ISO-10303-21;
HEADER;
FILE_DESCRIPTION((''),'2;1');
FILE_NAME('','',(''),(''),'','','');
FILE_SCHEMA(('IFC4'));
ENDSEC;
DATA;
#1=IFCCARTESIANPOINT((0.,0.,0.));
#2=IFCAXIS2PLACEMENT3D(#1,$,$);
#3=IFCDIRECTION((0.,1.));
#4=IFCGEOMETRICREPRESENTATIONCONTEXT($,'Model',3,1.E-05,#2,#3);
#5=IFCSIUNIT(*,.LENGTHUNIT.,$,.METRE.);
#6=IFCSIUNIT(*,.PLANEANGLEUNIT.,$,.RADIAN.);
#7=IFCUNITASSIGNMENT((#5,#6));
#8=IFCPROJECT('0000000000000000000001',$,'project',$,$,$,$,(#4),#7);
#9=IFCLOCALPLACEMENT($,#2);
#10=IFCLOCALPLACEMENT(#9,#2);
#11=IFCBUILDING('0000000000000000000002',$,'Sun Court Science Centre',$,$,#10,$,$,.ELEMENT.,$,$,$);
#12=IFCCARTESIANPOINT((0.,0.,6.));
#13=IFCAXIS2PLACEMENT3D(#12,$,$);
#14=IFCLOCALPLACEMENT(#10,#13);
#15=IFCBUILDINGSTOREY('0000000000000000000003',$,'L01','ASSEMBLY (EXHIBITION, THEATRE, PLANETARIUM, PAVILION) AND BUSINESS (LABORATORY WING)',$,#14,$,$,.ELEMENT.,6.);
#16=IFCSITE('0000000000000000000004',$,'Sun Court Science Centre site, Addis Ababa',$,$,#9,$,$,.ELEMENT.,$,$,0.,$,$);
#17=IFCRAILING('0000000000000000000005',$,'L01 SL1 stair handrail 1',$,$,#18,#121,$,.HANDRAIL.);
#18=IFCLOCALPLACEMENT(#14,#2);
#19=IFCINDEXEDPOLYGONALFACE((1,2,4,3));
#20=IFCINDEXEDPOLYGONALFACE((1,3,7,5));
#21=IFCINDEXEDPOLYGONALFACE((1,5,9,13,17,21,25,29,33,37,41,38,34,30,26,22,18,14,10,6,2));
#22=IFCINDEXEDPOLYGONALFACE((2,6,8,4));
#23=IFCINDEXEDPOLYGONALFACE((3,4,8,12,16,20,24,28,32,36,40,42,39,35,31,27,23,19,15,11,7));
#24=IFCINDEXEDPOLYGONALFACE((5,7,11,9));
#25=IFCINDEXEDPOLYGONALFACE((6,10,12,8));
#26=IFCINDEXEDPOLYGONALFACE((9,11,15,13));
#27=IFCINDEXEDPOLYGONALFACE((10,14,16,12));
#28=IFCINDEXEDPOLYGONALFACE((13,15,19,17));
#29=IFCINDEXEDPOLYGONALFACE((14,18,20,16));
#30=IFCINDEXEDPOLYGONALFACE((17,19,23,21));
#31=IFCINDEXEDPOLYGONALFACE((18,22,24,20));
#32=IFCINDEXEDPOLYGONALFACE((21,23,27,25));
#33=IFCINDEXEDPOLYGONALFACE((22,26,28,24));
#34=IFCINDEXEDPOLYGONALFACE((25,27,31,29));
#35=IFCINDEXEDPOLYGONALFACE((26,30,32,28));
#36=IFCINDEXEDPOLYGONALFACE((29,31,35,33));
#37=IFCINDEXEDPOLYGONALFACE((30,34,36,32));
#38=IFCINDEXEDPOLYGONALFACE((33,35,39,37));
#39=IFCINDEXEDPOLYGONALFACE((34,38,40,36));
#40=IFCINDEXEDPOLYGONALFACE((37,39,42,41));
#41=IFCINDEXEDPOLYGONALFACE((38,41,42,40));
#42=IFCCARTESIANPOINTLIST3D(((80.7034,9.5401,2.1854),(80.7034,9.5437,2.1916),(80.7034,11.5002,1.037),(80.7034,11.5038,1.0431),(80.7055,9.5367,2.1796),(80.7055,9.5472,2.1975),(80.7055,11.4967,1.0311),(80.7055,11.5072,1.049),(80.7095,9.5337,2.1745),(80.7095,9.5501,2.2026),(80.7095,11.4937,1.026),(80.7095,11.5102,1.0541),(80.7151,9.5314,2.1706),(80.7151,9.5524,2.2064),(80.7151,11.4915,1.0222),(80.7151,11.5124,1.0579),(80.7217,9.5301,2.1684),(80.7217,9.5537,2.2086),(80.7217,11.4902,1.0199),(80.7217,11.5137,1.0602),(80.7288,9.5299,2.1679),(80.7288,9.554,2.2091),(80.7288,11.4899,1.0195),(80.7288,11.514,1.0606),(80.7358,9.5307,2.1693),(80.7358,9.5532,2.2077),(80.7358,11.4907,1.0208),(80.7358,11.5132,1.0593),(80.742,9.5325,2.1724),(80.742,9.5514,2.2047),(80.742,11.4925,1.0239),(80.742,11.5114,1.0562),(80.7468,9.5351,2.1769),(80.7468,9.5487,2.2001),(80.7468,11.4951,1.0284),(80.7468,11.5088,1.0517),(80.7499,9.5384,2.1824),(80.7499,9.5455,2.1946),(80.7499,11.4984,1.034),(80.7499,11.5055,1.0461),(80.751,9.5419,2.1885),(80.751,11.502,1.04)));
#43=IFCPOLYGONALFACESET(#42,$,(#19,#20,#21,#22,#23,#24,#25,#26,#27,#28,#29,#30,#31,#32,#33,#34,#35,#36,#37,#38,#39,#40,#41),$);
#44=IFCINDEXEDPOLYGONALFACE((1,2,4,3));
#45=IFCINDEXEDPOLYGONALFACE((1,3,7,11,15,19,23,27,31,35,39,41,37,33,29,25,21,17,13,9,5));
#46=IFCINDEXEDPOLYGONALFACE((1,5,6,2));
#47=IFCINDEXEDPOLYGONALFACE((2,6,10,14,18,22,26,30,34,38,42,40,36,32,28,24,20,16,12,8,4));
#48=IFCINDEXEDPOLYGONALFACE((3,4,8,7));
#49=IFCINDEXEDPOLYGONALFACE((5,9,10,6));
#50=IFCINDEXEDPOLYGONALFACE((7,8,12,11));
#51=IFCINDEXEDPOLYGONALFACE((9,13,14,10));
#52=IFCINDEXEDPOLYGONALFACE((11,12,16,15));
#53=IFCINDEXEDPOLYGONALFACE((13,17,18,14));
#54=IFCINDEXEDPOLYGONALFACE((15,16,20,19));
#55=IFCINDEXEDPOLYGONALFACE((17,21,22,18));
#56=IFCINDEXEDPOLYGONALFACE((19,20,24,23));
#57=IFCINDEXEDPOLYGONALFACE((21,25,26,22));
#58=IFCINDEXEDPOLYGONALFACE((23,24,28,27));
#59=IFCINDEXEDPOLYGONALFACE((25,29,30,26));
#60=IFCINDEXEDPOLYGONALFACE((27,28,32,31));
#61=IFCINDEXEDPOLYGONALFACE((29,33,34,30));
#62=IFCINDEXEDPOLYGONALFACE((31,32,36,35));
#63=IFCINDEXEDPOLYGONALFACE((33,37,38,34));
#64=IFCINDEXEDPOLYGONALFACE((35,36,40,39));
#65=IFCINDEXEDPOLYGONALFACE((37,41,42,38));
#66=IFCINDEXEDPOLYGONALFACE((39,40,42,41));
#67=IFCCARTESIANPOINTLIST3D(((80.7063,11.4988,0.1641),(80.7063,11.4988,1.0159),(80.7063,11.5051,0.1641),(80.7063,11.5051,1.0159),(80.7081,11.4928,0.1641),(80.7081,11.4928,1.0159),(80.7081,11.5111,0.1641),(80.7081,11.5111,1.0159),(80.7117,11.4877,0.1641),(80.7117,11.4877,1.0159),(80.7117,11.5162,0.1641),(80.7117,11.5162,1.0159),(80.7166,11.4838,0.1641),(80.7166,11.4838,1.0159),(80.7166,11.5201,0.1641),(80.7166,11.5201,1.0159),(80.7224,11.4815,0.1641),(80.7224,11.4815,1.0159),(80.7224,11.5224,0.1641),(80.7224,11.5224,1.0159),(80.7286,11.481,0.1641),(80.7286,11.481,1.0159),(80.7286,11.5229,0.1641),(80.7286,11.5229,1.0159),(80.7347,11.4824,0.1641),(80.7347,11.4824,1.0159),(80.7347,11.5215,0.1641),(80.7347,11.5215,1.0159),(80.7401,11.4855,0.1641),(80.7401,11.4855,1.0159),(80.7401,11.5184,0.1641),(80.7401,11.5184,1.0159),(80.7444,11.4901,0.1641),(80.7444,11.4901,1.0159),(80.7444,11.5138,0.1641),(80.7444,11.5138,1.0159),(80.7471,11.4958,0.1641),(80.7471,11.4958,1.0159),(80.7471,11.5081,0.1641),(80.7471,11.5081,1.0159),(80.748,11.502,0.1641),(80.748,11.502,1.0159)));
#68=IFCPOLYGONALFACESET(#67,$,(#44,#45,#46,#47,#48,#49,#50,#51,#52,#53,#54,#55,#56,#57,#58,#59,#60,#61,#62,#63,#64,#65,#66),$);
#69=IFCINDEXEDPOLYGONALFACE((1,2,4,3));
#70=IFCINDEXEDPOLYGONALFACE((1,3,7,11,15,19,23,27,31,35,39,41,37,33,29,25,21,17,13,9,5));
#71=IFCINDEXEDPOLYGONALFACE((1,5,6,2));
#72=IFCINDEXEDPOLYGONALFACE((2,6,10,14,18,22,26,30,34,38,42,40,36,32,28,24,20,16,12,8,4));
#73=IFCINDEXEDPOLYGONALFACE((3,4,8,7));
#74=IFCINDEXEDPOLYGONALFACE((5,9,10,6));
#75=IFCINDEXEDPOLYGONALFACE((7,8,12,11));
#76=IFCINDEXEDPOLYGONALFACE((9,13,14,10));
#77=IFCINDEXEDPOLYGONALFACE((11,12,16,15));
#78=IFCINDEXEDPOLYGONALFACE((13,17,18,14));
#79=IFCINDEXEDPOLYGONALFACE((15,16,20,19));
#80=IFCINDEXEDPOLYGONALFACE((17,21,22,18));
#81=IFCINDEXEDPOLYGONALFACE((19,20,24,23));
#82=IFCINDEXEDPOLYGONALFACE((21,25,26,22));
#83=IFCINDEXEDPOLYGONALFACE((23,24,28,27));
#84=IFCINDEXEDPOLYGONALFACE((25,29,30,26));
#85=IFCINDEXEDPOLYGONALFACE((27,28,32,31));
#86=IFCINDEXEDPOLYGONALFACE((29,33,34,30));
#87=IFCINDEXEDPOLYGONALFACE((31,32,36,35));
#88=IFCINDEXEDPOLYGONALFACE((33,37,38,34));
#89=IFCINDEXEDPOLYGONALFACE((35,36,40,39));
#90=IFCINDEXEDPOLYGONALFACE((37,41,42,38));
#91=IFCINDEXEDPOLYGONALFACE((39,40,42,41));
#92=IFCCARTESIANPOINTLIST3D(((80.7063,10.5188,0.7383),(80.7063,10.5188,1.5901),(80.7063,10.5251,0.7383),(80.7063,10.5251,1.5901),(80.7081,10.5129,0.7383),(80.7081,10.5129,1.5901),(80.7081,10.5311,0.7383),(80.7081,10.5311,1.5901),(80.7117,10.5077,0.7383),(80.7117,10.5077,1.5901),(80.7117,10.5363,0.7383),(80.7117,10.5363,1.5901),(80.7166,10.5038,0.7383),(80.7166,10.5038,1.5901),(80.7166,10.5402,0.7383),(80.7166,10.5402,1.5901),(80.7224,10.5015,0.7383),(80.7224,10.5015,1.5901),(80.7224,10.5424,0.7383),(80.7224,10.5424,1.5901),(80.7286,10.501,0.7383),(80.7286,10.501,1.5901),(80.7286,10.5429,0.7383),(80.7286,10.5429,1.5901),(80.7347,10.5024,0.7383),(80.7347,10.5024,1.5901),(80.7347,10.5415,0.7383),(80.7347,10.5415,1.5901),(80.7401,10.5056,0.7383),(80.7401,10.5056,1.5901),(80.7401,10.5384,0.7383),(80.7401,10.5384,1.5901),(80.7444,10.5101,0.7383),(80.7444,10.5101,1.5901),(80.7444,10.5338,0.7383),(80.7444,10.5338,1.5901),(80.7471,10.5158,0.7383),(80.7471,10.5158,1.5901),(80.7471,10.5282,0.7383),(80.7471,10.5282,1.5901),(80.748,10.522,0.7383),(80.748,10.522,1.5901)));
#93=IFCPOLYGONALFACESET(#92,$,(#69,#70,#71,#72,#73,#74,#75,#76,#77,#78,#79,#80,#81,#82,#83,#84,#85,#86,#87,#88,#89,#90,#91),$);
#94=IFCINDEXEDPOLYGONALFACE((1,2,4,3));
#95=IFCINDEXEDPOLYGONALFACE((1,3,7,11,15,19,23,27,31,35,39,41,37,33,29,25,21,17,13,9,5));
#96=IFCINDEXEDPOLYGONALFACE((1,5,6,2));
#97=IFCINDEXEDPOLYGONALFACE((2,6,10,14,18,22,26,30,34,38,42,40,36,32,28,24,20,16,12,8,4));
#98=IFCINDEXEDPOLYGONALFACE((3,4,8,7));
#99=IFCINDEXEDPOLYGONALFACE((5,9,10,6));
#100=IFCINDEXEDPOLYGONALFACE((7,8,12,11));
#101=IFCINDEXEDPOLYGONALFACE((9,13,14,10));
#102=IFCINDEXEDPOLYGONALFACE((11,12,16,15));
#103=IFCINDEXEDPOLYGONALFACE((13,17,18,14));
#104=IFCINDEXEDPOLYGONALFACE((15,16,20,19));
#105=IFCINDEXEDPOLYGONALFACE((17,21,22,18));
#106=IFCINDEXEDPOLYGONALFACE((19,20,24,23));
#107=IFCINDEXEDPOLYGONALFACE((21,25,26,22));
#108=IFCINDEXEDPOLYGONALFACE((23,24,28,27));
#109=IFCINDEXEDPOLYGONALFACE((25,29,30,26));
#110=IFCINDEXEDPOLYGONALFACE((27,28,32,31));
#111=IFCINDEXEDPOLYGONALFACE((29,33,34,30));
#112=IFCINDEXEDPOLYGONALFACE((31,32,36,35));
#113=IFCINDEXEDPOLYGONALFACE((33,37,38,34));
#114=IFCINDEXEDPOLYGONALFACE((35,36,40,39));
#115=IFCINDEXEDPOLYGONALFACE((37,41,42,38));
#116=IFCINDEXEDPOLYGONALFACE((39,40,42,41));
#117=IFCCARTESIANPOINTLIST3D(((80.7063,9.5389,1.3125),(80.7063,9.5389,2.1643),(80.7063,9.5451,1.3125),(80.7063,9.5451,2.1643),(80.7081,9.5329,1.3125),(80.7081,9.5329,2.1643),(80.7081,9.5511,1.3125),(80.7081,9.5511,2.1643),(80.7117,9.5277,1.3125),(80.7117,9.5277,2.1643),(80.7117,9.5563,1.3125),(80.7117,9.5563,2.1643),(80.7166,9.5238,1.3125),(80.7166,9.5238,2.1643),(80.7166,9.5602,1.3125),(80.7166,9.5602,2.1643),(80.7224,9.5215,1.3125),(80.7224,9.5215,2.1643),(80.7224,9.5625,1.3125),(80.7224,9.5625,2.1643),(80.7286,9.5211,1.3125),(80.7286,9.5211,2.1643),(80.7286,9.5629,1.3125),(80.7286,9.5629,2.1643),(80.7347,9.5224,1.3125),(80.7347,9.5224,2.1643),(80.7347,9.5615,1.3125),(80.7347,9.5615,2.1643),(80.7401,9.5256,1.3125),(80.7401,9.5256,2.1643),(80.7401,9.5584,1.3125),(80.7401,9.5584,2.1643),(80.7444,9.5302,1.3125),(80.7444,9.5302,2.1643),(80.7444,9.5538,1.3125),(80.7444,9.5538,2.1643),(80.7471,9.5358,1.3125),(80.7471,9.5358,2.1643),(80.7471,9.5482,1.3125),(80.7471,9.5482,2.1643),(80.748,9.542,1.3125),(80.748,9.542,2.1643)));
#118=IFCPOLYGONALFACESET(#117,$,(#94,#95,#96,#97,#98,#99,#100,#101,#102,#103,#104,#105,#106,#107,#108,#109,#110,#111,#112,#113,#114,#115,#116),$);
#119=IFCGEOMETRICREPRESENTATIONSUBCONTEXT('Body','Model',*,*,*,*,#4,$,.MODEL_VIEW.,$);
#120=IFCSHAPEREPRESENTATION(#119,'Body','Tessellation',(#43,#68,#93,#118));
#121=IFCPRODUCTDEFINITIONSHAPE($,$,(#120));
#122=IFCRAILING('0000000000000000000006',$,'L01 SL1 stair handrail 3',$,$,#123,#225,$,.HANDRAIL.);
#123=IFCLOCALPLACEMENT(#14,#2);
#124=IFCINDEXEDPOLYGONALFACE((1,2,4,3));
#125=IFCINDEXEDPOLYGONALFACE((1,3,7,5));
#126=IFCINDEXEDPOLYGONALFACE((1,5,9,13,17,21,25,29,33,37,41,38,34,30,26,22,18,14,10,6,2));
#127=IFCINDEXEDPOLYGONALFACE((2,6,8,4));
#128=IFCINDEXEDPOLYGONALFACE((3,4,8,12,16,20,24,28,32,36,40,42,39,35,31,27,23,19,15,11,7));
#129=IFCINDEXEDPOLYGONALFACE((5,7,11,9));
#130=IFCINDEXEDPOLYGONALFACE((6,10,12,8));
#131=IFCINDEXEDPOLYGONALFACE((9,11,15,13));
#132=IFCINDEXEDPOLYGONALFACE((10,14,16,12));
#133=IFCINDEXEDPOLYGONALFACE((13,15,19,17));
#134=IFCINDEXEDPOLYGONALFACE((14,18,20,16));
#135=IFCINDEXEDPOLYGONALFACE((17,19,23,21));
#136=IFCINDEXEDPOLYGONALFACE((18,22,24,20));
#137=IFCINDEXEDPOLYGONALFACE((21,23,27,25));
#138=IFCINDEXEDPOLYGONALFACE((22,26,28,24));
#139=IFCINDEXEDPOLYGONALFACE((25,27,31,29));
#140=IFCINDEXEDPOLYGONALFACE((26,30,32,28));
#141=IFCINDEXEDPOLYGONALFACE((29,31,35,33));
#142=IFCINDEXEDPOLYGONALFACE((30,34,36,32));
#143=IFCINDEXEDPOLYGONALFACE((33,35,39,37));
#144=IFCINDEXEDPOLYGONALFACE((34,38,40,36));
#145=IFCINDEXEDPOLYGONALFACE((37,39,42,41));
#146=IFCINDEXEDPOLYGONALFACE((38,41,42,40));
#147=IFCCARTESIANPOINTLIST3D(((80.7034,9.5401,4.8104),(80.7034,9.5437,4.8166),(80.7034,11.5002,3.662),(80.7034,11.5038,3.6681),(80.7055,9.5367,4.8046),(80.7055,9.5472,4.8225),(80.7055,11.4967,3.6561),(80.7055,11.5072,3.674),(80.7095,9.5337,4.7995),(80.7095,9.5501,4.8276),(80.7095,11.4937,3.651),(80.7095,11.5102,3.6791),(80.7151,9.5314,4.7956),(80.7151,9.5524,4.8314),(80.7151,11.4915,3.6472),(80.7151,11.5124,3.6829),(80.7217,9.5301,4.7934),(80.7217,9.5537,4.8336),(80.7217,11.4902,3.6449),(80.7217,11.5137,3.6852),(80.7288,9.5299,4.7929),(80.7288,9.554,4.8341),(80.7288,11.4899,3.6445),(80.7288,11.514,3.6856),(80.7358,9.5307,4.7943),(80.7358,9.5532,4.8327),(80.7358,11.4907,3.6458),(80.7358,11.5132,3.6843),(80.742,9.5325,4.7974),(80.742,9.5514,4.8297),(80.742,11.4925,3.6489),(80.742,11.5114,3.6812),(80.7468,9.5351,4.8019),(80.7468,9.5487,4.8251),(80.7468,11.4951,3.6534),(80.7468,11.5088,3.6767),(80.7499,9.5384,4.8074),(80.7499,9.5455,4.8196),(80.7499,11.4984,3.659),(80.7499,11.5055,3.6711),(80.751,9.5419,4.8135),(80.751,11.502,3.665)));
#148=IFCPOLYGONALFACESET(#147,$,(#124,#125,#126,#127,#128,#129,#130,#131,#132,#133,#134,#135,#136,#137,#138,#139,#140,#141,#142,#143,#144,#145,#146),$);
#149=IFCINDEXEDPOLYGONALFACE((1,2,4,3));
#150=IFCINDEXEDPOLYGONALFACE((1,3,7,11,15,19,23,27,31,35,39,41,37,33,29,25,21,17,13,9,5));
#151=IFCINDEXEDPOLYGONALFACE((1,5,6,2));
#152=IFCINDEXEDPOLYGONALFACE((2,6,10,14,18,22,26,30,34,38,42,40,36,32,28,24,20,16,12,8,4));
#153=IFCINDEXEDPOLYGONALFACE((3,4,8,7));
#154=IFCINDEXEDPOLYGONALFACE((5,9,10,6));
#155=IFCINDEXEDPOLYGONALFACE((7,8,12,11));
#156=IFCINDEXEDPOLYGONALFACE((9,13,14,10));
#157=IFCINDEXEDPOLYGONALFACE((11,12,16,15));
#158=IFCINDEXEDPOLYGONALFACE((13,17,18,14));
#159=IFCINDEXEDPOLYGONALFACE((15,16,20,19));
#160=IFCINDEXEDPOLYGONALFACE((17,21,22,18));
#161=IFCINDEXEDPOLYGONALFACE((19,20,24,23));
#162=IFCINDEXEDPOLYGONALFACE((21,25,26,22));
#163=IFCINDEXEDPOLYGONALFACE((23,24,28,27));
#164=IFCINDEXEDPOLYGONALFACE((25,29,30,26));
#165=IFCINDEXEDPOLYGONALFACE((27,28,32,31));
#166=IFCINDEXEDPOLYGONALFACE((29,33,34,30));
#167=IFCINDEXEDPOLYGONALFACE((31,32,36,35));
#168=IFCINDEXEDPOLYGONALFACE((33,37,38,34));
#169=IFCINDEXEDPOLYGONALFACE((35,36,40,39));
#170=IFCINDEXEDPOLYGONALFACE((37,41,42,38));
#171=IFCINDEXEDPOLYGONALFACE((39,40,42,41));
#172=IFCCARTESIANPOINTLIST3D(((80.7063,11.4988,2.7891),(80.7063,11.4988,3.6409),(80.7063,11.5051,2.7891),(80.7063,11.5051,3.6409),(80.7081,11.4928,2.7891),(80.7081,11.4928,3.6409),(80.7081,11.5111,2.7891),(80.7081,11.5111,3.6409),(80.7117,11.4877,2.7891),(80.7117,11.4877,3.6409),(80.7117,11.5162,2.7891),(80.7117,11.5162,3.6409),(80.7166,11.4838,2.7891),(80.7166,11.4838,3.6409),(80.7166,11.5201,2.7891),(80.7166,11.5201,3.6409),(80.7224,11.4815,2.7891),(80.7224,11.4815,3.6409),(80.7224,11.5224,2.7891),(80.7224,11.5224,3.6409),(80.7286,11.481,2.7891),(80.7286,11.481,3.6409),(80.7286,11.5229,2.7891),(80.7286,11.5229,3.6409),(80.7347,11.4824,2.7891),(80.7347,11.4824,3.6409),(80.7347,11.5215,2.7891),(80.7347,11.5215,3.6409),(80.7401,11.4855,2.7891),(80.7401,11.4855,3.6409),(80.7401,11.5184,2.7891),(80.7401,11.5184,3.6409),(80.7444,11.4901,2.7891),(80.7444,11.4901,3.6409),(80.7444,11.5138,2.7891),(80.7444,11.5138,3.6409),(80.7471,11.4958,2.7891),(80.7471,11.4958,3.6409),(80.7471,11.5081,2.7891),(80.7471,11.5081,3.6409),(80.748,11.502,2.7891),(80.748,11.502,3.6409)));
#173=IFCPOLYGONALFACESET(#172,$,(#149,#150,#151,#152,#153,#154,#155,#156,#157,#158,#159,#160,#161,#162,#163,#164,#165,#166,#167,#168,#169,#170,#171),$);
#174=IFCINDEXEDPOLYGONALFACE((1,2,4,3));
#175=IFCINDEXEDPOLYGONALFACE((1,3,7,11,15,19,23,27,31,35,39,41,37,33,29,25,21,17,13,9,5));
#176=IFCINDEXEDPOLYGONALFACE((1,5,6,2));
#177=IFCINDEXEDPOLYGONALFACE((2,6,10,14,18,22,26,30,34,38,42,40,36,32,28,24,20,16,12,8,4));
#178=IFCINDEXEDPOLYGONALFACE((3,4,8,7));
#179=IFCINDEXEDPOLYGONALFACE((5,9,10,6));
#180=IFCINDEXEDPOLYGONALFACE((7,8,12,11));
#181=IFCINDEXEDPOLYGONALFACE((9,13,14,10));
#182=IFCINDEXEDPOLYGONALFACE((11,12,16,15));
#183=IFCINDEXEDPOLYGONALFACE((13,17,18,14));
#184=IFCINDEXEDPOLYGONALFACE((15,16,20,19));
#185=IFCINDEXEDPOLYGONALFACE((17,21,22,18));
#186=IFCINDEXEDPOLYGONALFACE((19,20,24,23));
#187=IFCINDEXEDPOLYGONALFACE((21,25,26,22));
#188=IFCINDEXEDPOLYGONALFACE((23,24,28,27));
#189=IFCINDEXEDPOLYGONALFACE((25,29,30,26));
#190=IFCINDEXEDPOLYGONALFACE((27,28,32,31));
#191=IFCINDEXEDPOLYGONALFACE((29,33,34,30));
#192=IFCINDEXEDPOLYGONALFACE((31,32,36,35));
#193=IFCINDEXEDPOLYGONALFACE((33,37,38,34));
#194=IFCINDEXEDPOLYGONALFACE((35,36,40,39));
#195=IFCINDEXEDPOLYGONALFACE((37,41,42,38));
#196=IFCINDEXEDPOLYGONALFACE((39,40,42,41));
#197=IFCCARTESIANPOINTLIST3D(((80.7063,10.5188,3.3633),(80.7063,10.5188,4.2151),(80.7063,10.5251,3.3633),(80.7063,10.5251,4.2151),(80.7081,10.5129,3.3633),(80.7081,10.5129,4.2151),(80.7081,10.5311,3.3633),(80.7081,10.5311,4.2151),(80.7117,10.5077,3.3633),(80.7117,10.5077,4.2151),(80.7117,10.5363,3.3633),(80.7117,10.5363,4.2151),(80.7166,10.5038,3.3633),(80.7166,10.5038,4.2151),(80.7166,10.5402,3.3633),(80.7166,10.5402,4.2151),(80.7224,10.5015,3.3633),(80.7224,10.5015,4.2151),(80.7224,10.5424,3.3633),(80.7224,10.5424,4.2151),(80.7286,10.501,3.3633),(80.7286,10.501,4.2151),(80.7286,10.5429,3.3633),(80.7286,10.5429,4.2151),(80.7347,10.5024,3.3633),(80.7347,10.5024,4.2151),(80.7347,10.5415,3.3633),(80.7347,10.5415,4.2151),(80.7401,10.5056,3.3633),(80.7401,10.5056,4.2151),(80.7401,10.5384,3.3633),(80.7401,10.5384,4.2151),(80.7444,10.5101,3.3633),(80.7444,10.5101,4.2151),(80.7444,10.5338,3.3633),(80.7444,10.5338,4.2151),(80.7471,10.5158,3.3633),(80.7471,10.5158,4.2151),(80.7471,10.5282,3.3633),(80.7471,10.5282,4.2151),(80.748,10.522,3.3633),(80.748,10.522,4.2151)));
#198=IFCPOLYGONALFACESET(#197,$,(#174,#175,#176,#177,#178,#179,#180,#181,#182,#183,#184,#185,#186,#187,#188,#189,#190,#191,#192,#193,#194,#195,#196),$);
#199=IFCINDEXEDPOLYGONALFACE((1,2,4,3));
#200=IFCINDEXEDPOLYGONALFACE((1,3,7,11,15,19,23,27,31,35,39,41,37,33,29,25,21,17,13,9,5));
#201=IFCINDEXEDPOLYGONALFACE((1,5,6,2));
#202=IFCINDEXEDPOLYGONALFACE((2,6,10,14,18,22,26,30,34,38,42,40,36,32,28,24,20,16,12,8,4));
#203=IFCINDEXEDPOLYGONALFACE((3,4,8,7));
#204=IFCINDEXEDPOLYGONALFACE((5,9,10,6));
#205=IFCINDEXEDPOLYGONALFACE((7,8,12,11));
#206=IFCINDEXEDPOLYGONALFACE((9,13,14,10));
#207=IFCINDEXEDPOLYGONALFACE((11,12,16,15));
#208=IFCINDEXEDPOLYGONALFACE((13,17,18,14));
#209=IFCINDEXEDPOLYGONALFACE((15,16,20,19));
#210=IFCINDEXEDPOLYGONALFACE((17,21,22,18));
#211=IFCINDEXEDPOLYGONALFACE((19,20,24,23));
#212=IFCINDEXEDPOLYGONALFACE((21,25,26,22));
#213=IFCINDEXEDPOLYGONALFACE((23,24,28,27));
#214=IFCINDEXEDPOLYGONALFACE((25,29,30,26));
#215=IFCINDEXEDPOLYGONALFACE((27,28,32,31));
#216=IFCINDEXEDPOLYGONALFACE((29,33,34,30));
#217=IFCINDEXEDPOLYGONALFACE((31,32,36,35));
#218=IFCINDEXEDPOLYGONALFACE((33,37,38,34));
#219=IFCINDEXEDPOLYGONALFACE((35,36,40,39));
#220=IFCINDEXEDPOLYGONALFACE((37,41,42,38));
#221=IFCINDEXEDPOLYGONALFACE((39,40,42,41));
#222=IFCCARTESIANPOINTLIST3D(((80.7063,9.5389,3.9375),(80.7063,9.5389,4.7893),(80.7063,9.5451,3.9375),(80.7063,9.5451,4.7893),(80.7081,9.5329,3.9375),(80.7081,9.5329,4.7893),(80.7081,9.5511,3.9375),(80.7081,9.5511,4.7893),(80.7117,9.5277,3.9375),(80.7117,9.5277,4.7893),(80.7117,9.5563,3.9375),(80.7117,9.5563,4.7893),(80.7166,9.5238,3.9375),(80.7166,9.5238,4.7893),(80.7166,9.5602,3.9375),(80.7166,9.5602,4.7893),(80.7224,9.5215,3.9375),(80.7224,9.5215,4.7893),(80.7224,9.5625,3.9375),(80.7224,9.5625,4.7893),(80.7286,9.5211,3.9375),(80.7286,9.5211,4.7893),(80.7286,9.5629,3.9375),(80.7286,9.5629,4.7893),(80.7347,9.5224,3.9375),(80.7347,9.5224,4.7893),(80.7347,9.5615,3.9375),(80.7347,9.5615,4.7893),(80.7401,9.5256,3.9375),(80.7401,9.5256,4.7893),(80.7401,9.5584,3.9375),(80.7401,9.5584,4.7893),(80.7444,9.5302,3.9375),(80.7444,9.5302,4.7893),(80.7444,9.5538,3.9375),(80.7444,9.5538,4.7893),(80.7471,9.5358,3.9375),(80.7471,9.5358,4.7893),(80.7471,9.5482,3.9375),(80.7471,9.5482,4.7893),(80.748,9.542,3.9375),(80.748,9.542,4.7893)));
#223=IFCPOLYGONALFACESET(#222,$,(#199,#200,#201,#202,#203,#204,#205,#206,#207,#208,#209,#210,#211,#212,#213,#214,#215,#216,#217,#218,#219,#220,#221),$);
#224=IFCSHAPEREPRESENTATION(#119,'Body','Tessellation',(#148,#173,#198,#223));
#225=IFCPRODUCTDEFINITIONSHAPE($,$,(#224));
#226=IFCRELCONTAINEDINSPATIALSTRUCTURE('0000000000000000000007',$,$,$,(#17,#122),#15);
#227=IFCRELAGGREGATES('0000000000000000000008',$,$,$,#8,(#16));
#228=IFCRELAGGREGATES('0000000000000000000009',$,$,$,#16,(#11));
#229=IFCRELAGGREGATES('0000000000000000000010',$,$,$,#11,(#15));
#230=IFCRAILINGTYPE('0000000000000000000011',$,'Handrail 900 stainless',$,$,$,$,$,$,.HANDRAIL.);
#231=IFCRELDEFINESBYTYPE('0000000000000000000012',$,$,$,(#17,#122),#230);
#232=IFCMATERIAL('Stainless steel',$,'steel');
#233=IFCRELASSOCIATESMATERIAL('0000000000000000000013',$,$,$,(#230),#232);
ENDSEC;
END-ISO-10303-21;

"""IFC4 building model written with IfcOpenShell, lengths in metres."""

from ifc_helpers import new_model, si_unit, direction, frame, origin, origin_2d, place, context, subcontext, project, spatial, circle, extrude, material, type_object, element, save


model = new_model("IFC4")

# Units and contexts
model_context = context("Model", 3, precision=1e-05, world=origin(), true_north=direction((0.0, 1.0)))
body_context = subcontext(model_context, "Body", "Model", "MODEL_VIEW")
ifc_project = project(units=[si_unit("LENGTHUNIT", "METRE"), si_unit("PLANEANGLEUNIT", "RADIAN")], contexts=[model_context])

# Site, building, storey
site_placement = place(None, origin())
site = spatial("IfcSite", under=ifc_project, at=site_placement, Name="Sun Court Science Centre site, Addis Ababa", CompositionType="ELEMENT", RefElevation=0.0)
building_placement = place(site_placement, origin())
building = spatial("IfcBuilding", under=site, at=building_placement, Name="Sun Court Science Centre", CompositionType="ELEMENT")
storey_placement = place(building_placement, frame((0.0, 0.0, 6.0)))
storey = spatial("IfcBuildingStorey", under=building, at=storey_placement, Name="L01", Description="ASSEMBLY (EXHIBITION, THEATRE, PLANETARIUM, PAVILION) AND BUSINESS (LABORATORY WING)", CompositionType="ELEMENT", Elevation=6.0)

# Railings
ifc_material_1 = material(Name="Stainless steel", Category="steel")
railing_type_1 = type_object("IfcRailingType", Name="Handrail 900 stainless", PredefinedType="HANDRAIL", material=ifc_material_1)
for number, where, name in (
    (1, (80.7271, 11.502, 0.1641), "L01 SL1 stair handrail 1"),
    (2, (80.7271, 11.502, 2.7891), "L01 SL1 stair handrail 3"),
):
    element("IfcRailing", number, at=place(storey_placement, frame(where)), inside=storey, type_object=railing_type_1, Name=name, PredefinedType="HANDRAIL", context=body_context, shape_type="SweptSolid", body=[
        extrude(circle(Radius=0.0239, at=origin_2d()), frame((0.0, 0.0, 0.876), z_axis=(0.0, -0.862795, 0.505554), x_axis=(1.0, 0.0, 0.0)), (0.0, 0.0, 1.0), 2.2717),
        extrude(circle(Radius=0.021, at=origin_2d()), origin(), (0.0, 0.0, 1.0), 0.8518),
        extrude(circle(Radius=0.021, at=origin_2d()), frame((0.0, -0.98, 0.5742)), (0.0, 0.0, 1.0), 0.8518),
        extrude(circle(Radius=0.021, at=origin_2d()), frame((0.0, -1.96, 1.1484)), (0.0, 0.0, 1.0), 0.8518),
    ])

save(model, "model.ifc")
